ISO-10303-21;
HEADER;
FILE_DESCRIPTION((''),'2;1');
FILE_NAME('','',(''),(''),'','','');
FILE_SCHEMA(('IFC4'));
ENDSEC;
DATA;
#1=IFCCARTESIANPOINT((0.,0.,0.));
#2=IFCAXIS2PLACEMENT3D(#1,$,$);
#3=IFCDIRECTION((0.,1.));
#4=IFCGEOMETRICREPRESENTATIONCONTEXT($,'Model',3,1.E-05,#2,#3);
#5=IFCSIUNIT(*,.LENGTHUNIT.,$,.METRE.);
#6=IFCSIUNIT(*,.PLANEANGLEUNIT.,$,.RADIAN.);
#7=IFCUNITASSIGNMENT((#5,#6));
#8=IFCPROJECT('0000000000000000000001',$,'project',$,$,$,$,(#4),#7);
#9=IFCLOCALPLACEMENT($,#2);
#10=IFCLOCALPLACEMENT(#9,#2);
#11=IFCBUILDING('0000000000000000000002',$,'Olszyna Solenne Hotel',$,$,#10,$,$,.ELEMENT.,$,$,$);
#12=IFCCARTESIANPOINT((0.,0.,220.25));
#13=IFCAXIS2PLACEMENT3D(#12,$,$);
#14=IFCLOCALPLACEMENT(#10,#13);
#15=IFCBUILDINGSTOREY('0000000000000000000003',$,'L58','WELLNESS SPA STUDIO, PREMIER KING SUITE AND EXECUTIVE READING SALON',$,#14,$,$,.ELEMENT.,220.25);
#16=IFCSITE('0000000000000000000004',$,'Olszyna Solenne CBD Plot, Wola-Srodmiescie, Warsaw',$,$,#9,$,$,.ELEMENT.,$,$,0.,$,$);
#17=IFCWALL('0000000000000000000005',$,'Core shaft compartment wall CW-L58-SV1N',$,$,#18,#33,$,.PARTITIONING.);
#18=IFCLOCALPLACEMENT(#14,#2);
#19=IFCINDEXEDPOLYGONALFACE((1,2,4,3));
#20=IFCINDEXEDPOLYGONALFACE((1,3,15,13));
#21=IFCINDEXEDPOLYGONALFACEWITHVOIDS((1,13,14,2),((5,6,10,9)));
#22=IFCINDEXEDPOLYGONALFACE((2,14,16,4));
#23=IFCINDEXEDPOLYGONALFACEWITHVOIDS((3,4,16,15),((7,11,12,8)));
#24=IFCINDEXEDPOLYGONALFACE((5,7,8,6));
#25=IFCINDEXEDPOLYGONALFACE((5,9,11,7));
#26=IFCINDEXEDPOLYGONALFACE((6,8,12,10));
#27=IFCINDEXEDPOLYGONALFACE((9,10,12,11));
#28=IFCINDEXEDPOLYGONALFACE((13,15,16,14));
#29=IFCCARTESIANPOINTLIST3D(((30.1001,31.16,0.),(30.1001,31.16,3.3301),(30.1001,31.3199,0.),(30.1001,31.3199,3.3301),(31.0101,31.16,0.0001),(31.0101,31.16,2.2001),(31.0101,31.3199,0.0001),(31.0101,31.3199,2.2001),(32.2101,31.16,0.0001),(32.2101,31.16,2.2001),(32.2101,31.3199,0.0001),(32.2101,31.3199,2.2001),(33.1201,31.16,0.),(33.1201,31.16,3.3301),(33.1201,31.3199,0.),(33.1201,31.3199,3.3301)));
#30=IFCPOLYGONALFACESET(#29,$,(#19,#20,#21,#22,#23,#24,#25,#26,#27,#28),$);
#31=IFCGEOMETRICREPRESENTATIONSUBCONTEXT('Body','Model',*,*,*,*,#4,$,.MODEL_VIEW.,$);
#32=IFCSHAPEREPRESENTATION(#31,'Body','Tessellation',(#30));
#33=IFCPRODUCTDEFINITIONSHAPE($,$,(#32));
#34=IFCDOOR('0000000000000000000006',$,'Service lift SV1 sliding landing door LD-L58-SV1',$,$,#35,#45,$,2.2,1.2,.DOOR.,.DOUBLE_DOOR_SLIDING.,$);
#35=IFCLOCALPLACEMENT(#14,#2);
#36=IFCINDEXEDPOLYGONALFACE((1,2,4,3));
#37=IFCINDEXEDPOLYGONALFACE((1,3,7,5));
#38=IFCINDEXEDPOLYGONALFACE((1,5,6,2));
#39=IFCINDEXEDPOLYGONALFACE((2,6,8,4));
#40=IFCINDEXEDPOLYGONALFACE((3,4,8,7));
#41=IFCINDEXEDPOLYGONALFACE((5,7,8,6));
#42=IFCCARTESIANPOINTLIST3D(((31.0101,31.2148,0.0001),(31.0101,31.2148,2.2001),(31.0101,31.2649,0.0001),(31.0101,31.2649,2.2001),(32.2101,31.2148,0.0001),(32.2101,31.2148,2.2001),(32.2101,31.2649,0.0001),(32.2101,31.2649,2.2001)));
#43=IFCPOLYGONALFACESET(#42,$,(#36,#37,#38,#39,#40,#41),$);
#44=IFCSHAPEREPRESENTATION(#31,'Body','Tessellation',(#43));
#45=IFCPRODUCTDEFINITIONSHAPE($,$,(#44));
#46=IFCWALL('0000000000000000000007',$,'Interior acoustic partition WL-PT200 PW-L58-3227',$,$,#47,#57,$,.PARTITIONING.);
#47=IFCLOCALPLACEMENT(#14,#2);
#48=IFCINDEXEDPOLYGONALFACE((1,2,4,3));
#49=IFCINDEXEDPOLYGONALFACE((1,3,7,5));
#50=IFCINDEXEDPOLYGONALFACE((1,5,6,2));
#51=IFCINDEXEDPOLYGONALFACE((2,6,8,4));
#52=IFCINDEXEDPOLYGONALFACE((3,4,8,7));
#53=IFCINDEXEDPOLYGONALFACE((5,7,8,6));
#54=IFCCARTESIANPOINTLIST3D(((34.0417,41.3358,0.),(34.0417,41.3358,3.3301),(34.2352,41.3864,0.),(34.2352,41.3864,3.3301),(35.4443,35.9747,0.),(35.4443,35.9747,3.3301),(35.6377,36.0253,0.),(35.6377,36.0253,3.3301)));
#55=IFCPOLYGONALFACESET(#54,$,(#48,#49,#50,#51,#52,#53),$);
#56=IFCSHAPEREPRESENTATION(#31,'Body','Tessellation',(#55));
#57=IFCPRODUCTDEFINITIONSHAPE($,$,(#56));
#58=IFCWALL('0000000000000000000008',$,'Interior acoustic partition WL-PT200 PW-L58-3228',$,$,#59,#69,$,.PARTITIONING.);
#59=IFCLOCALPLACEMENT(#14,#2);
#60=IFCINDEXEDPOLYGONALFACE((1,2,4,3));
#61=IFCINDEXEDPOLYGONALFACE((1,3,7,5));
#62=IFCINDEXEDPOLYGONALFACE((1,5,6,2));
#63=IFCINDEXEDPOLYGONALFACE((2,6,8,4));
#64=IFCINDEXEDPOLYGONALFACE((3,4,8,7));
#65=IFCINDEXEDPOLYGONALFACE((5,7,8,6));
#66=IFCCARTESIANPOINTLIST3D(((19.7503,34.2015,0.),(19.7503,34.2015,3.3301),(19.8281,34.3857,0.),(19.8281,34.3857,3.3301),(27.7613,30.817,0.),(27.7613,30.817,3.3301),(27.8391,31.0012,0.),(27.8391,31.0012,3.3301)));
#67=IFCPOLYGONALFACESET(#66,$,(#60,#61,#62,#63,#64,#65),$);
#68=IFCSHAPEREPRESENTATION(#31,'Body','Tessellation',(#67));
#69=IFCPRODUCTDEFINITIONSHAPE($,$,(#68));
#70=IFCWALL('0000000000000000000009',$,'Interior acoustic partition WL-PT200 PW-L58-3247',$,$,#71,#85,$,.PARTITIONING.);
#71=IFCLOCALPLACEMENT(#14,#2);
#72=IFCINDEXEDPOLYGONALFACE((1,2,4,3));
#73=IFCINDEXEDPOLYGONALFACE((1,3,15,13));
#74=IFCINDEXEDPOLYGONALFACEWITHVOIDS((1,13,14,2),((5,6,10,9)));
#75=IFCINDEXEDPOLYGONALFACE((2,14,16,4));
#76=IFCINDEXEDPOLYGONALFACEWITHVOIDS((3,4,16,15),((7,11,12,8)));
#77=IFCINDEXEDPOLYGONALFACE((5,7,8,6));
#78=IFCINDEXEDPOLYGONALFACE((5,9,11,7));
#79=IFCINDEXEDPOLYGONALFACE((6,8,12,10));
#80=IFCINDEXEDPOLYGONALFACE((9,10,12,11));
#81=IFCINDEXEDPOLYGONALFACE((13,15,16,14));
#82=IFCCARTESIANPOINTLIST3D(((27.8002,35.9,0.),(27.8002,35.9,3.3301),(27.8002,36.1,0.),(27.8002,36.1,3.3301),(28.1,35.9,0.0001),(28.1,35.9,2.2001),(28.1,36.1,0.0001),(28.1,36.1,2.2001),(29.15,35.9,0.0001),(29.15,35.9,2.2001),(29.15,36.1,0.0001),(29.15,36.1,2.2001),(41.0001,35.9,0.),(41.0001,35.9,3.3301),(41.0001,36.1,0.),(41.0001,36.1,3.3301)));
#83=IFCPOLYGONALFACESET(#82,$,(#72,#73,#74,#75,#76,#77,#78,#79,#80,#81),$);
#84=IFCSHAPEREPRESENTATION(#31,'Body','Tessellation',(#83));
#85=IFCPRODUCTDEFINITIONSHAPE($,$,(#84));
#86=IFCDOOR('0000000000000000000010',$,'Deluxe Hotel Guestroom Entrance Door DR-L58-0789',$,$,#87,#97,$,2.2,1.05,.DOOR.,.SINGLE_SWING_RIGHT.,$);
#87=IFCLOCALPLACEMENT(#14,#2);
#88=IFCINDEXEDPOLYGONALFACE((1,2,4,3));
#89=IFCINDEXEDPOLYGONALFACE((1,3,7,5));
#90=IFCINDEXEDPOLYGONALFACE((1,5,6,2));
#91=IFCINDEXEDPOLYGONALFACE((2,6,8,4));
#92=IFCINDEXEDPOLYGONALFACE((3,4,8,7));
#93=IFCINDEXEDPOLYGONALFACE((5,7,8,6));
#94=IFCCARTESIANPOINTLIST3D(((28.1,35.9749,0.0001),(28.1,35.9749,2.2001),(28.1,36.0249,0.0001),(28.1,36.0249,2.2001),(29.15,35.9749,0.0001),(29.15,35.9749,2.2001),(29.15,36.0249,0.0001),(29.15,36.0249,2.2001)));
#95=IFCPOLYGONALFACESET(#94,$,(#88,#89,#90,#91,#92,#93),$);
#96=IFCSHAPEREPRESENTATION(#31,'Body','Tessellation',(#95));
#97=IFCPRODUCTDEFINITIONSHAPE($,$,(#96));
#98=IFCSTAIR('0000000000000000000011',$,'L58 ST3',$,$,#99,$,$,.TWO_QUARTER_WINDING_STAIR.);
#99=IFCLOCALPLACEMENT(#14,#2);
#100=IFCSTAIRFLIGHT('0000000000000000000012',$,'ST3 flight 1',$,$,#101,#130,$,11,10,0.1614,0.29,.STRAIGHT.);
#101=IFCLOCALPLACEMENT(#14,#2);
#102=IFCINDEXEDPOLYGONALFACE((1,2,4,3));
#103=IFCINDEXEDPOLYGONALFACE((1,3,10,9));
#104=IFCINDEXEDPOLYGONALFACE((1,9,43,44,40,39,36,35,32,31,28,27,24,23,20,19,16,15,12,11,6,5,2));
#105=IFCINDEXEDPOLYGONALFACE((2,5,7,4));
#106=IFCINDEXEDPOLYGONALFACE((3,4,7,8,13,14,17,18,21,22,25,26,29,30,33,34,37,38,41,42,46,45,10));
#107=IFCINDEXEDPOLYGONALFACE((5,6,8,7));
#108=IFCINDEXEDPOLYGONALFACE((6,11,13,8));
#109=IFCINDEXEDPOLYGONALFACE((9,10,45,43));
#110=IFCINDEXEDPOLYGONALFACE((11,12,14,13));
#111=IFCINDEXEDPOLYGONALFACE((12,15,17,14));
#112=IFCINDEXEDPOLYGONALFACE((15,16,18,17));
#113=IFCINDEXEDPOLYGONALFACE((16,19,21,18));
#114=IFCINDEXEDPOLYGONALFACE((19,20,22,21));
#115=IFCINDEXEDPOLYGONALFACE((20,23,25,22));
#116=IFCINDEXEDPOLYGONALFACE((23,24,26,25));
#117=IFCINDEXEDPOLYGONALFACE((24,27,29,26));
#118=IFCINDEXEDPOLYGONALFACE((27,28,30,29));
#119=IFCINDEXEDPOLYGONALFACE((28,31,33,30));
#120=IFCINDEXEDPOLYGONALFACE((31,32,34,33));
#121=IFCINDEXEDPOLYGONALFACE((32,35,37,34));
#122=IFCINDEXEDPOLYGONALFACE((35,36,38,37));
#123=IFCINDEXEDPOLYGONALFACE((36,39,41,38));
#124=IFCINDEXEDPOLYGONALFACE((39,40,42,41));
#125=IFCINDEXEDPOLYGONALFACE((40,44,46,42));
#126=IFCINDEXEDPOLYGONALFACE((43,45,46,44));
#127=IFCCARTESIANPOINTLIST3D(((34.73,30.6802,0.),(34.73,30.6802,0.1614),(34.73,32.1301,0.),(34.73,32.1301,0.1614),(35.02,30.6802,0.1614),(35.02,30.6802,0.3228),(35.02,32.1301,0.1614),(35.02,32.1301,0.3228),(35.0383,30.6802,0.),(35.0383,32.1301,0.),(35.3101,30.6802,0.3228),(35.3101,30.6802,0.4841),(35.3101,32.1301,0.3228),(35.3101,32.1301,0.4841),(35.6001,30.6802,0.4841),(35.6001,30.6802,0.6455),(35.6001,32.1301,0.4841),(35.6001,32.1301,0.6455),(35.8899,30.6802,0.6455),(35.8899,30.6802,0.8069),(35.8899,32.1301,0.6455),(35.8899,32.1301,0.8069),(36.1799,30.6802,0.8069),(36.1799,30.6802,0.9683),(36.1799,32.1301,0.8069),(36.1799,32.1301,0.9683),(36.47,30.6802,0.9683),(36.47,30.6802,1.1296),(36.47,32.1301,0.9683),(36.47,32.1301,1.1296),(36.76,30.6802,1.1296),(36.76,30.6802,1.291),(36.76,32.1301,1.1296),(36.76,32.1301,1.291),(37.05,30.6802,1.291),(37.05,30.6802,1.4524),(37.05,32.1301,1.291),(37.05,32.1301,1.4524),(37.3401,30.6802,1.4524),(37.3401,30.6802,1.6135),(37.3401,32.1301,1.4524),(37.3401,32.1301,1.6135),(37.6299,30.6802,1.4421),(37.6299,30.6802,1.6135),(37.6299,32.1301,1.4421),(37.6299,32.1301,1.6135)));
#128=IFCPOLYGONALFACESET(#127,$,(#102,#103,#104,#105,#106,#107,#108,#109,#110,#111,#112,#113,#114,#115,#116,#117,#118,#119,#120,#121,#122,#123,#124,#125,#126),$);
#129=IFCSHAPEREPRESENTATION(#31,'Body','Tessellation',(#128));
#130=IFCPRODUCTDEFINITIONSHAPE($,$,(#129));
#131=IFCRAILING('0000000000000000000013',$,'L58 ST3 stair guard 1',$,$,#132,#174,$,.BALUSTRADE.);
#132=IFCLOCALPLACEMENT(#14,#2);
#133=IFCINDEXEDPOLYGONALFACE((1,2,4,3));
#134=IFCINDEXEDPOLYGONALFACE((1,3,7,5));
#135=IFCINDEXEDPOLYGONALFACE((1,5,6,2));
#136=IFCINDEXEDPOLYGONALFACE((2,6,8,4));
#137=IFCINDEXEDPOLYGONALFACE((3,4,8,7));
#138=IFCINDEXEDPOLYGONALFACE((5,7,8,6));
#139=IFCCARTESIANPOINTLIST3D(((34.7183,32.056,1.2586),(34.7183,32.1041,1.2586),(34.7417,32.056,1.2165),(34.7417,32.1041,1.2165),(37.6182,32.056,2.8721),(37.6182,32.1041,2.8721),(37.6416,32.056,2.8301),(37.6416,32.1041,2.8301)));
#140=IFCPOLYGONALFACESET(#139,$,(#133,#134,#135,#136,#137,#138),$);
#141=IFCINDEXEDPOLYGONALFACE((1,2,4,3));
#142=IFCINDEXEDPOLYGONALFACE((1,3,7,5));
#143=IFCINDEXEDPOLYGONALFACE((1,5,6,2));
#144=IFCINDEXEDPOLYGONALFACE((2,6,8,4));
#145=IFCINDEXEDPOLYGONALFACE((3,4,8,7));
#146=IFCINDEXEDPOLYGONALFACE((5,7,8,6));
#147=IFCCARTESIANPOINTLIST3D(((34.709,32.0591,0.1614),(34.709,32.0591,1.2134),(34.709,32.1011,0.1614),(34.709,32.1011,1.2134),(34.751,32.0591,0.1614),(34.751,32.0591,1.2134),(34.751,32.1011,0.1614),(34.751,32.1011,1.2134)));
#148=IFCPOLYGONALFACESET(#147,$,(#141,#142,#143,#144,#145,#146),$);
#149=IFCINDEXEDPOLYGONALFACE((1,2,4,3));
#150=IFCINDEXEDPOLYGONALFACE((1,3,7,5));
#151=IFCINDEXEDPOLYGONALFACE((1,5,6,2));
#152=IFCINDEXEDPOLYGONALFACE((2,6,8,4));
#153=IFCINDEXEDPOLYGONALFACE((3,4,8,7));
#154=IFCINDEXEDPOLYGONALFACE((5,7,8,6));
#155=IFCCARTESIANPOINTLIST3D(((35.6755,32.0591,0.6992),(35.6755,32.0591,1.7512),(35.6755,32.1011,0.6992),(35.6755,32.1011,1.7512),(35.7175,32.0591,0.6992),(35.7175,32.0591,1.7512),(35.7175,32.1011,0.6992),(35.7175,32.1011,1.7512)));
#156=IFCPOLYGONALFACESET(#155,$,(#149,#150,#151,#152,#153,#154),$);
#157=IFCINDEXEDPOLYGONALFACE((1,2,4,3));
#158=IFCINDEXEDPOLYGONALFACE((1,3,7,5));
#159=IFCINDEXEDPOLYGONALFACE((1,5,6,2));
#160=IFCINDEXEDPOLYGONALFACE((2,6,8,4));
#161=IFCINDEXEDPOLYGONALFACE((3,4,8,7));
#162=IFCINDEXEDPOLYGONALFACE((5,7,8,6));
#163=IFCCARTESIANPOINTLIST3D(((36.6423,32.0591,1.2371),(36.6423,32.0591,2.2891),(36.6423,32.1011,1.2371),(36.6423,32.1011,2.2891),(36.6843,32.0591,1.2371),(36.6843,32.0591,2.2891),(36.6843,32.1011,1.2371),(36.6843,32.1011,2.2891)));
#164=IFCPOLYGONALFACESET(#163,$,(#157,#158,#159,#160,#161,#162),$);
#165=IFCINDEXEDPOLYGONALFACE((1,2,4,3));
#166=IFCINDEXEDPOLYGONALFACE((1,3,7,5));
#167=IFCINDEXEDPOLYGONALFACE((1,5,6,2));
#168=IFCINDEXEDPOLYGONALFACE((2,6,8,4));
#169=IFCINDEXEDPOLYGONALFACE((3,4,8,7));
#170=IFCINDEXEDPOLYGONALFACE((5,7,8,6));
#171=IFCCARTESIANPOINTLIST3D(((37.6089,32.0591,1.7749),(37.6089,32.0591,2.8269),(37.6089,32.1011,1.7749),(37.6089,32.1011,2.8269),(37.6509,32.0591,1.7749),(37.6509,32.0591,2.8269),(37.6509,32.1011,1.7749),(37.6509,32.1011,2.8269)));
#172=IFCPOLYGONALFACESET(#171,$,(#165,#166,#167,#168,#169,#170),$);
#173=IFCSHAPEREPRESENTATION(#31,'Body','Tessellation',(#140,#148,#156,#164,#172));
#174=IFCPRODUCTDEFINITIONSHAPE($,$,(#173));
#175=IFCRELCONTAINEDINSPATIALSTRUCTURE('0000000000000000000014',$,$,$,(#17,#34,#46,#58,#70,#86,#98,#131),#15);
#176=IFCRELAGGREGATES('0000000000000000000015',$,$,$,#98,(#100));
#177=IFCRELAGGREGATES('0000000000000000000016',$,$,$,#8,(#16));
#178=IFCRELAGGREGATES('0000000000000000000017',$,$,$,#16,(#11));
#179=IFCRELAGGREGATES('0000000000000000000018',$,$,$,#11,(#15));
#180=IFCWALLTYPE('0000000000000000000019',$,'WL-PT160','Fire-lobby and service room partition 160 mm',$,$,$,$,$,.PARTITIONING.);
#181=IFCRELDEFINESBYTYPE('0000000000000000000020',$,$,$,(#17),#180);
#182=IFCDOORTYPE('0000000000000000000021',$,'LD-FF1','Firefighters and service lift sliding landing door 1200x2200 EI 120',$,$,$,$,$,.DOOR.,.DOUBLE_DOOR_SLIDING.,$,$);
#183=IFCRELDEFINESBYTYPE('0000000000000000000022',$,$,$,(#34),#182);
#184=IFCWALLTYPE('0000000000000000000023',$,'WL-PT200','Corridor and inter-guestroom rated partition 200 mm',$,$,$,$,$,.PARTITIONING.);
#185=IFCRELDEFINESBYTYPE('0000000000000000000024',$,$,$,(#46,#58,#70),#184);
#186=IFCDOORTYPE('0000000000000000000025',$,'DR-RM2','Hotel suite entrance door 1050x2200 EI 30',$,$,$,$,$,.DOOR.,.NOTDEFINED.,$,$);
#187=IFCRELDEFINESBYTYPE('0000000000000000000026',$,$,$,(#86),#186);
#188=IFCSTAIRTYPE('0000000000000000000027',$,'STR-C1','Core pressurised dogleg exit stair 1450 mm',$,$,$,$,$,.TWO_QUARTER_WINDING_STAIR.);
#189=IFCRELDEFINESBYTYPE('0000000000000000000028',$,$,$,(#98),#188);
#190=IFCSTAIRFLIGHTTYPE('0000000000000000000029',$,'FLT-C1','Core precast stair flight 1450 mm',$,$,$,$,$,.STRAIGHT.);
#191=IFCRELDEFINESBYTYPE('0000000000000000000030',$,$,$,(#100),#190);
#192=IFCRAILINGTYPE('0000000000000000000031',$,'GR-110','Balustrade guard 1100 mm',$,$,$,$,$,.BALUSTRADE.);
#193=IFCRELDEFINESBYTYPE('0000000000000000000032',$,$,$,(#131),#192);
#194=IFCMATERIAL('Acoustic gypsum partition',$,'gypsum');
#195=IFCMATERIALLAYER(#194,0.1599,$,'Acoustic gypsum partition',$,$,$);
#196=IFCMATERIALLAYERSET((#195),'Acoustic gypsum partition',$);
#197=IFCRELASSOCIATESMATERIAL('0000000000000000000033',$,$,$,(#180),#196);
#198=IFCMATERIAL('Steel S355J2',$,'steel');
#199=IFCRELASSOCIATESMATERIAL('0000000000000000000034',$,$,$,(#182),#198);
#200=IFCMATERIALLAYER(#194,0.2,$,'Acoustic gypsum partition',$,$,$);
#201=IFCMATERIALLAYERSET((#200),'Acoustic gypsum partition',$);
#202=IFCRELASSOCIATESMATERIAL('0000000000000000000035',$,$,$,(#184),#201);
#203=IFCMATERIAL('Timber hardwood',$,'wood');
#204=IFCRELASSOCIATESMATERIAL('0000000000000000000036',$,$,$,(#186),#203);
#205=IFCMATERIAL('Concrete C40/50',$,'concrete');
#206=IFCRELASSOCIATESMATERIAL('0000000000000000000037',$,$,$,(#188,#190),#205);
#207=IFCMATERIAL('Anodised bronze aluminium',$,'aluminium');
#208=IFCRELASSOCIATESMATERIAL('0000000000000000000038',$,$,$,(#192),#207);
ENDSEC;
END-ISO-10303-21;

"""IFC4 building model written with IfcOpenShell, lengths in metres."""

from ifc_helpers import new_model, si_unit, direction, frame, frame_2d, origin, origin_2d, place, context, subcontext, project, spatial, polyline, rectangle, outline, extrude, source, transform, mapped, material, layer, layer_set, type_object, type_shapes, element, fill, aggregate, save


model = new_model("IFC4")

# Units and contexts
model_context = context("Model", 3, precision=1e-05, world=origin(), true_north=direction((0.0, 1.0)))
body_context = subcontext(model_context, "Body", "Model", "MODEL_VIEW")
ifc_project = project(units=[si_unit("LENGTHUNIT", "METRE"), si_unit("PLANEANGLEUNIT", "RADIAN")], contexts=[model_context])

# Site, building, storey
site_placement = place(None, origin())
site = spatial("IfcSite", under=ifc_project, at=site_placement, Name="Olszyna Solenne CBD Plot, Wola-Srodmiescie, Warsaw", CompositionType="ELEMENT", RefElevation=0.0)
building_placement = place(site_placement, origin())
building = spatial("IfcBuilding", under=site, at=building_placement, Name="Olszyna Solenne Hotel", CompositionType="ELEMENT")
storey_placement = place(building_placement, frame((0.0, 0.0, 220.25)))
storey = spatial("IfcBuildingStorey", under=building, at=storey_placement, Name="L58", Description="WELLNESS SPA STUDIO, PREMIER KING SUITE AND EXECUTIVE READING SALON", CompositionType="ELEMENT", Elevation=220.25)

# Shared definitions
ifc_material_1 = material(Name="Steel S355J2", Category="steel")

# Shared definitions
ifc_material_2 = material(Name="Acoustic gypsum partition", Category="gypsum")
ifc_layer_1 = layer(ifc_material_2, 0.1599, Name="Acoustic gypsum partition")
ifc_layer_set_1 = layer_set([ifc_layer_1], Name="Acoustic gypsum partition")
wall_type_1 = type_object("IfcWallType", Name="WL-PT160", Description="Fire-lobby and service room partition 160 mm", PredefinedType="PARTITIONING", material=ifc_layer_set_1)

# Wall, opening, door
wall_1_placement = place(storey_placement, frame((30.1001, 31.24, 0.0), z_axis=(0.0, 0.0, 1.0), x_axis=(1.0, 0.0, 0.0)))
wall_1 = element("IfcWall", 1, at=wall_1_placement, inside=storey, type_object=wall_type_1, Name="Core shaft compartment wall CW-L58-SV1N", PredefinedType="PARTITIONING", context=body_context, shape_type="SweptSolid", body=[
    extrude(rectangle(XDim=3.02, YDim=0.1599, at=frame_2d((1.51, 0.0))), origin(), (0.0, 0.0, 1.0), 3.3301),
])
opening_1_placement = place(wall_1_placement, frame((0.9099, 0.0, 0.0)))
opening_1 = element("IfcOpeningElement", 2, at=opening_1_placement, cuts=wall_1, PredefinedType="OPENING", context=body_context, shape_type="SweptSolid", body=[
    extrude(rectangle(XDim=1.2, YDim=2.2, at=frame_2d((0.6001, 1.1001))), frame((0.0, 0.0898, 0.0), z_axis=(0.0, -1.0, 0.0), x_axis=(1.0, 0.0, 0.0)), (0.0, 0.0, 1.0), 0.1799),
])
door_type_1 = type_object("IfcDoorType", Name="LD-FF1", Description="Firefighters and service lift sliding landing door 1200x2200 EI 120", OperationType="DOUBLE_DOOR_SLIDING", PredefinedType="DOOR", material=ifc_material_1)
shared_shape_1 = source(origin(), body_context, "Body", "SweptSolid", [
    extrude(rectangle(XDim=1.2, YDim=2.2, at=frame_2d((0.6001, 1.1001))), frame((0.0, 0.0249, 0.0), z_axis=(0.0, -1.0, 0.0), x_axis=(1.0, 0.0, 0.0)), (0.0, 0.0, 1.0), 0.05),
])
type_shapes(door_type_1, [shared_shape_1])
door_1_placement = place(opening_1_placement, origin())
door_1 = element("IfcDoor", 3, at=door_1_placement, inside=storey, type_object=door_type_1, Name="Service lift SV1 sliding landing door LD-L58-SV1", OperationType="DOUBLE_DOOR_SLIDING", OverallHeight=2.2, OverallWidth=1.2, PredefinedType="DOOR", context=body_context, shape_type="MappedRepresentation", body=[
    mapped(shared_shape_1, transform((0.0, 0.0, 0.0), x_axis=(1.0, 0.0, 0.0), y_axis=(0.0, 1.0, 0.0), z_axis=(0.0, 0.0, 1.0), scale=1.0)),
])
fill(opening_1, door_1)

# Walls
ifc_layer_2 = layer(ifc_material_2, 0.2, Name="Acoustic gypsum partition")
ifc_layer_set_2 = layer_set([ifc_layer_2], Name="Acoustic gypsum partition")
wall_type_2 = type_object("IfcWallType", Name="WL-PT200", Description="Corridor and inter-guestroom rated partition 200 mm", PredefinedType="PARTITIONING", material=ifc_layer_set_2)
wall_2_placement = place(storey_placement, frame((35.541, 36.0, 0.0), z_axis=(0.0, 0.0, 1.0), x_axis=(-0.253105, 0.967439, 0.0)))
element("IfcWall", 4, at=wall_2_placement, inside=storey, type_object=wall_type_2, Name="Interior acoustic partition WL-PT200 PW-L58-3227", PredefinedType="PARTITIONING", context=body_context, shape_type="SweptSolid", body=[
    extrude(rectangle(XDim=5.5415, YDim=0.2, at=frame_2d((2.7708, 0.0))), origin(), (0.0, 0.0, 1.0), 3.3301),
])
wall_3_placement = place(storey_placement, frame((27.8, 30.9092, 0.0), z_axis=(0.0, 0.0, 1.0), x_axis=(-0.921163, 0.389177, 0.0)))
element("IfcWall", 5, at=wall_3_placement, inside=storey, type_object=wall_type_2, Name="Interior acoustic partition WL-PT200 PW-L58-3228", PredefinedType="PARTITIONING", context=body_context, shape_type="SweptSolid", body=[
    extrude(rectangle(XDim=8.6965, YDim=0.2, at=frame_2d((4.3481, 0.0))), origin(), (0.0, 0.0, 1.0), 3.3301),
])

# Wall, opening, door
wall_4_placement = place(storey_placement, frame((27.8, 36.0, 0.0), z_axis=(0.0, 0.0, 1.0), x_axis=(1.0, 0.0, 0.0)))
wall_4 = element("IfcWall", 6, at=wall_4_placement, inside=storey, type_object=wall_type_2, Name="Interior acoustic partition WL-PT200 PW-L58-3247", PredefinedType="PARTITIONING", context=body_context, shape_type="SweptSolid", body=[
    extrude(rectangle(XDim=13.2, YDim=0.2, at=frame_2d((6.6001, 0.0))), origin(), (0.0, 0.0, 1.0), 3.3301),
])
opening_2_placement = place(wall_4_placement, frame((0.3, 0.0, 0.0)))
opening_2 = element("IfcOpeningElement", 7, at=opening_2_placement, cuts=wall_4, PredefinedType="OPENING", context=body_context, shape_type="SweptSolid", body=[
    extrude(rectangle(XDim=1.05, YDim=2.2, at=frame_2d((0.5249, 1.1001))), frame((0.0, 0.1099, 0.0), z_axis=(0.0, -1.0, 0.0), x_axis=(1.0, 0.0, 0.0)), (0.0, 0.0, 1.0), 0.22),
])
ifc_material_3 = material(Name="Timber hardwood", Category="wood")
door_type_2 = type_object("IfcDoorType", Name="DR-RM2", Description="Hotel suite entrance door 1050x2200 EI 30", OperationType="NOTDEFINED", PredefinedType="DOOR", material=ifc_material_3)
shared_shape_2 = source(origin(), body_context, "Body", "SweptSolid", [
    extrude(rectangle(XDim=1.05, YDim=2.2, at=frame_2d((0.5249, 1.1001))), frame((0.0, 0.0249, 0.0), z_axis=(0.0, -1.0, 0.0), x_axis=(1.0, 0.0, 0.0)), (0.0, 0.0, 1.0), 0.05),
])
type_shapes(door_type_2, [shared_shape_2])
door_2_placement = place(opening_2_placement, origin())
door_2 = element("IfcDoor", 8, at=door_2_placement, inside=storey, type_object=door_type_2, Name="Deluxe Hotel Guestroom Entrance Door DR-L58-0789", OperationType="SINGLE_SWING_RIGHT", OverallHeight=2.2, OverallWidth=1.05, PredefinedType="DOOR", context=body_context, shape_type="MappedRepresentation", body=[
    mapped(shared_shape_2, transform((0.0, 0.0, 0.0), x_axis=(1.0, 0.0, 0.0), y_axis=(0.0, 1.0, 0.0), z_axis=(0.0, 0.0, 1.0), scale=1.0)),
])
fill(opening_2, door_2)

# Stair, stair flight
ifc_material_4 = material(Name="Concrete C40/50", Category="concrete")
stair_type = type_object("IfcStairType", Name="STR-C1", Description="Core pressurised dogleg exit stair 1450 mm", PredefinedType="TWO_QUARTER_WINDING_STAIR", material=ifc_material_4)
stair_placement = place(storey_placement, origin())
stair = element("IfcStair", 9, at=stair_placement, inside=storey, type_object=stair_type, Name="L58 ST3", PredefinedType="TWO_QUARTER_WINDING_STAIR")
stair_flight_type = type_object("IfcStairFlightType", Name="FLT-C1", Description="Core precast stair flight 1450 mm", PredefinedType="STRAIGHT", material=ifc_material_4)
stair_flight_placement = place(storey_placement, frame((34.73, 31.405, 0.0), z_axis=(0.0, 0.0, 1.0), x_axis=(1.0, 0.0, 0.0)))
stair_flight = element("IfcStairFlight", 10, at=stair_flight_placement, type_object=stair_flight_type, Name="ST3 flight 1", NumberOfRisers=11, NumberOfTreads=10, PredefinedType="STRAIGHT", RiserHeight=0.1614, TreadLength=0.29, context=body_context, shape_type="SweptSolid", body=[
    extrude(outline(polyline([(0.0, 0.0), (0.0, 0.1614), (0.29, 0.1614), (0.29, 0.3228), (0.5801, 0.3228), (0.5801, 0.4841), (0.8701, 0.4841), (0.8701, 0.6455), (1.1599, 0.6455), (1.1599, 0.8069), (1.45, 0.8069), (1.45, 0.9683), (1.74, 0.9683), (1.74, 1.1296), (2.03, 1.1296), (2.03, 1.291), (2.3201, 1.291), (2.3201, 1.4524), (2.6101, 1.4524), (2.6101, 1.6135), (2.8999, 1.6135), (2.8999, 1.7749), (2.8999, 1.4421), (0.3083, 0.0), (0.0, 0.0)])), frame((0.0, 0.7251, 0.0), z_axis=(0.0, -1.0, 0.0), x_axis=(1.0, 0.0, 0.0)), (0.0, 0.0, 1.0), 1.45),
])
aggregate(stair, [stair_flight])

# Railing
ifc_material_5 = material(Name="Anodised bronze aluminium", Category="aluminium")
railing_type_1 = type_object("IfcRailingType", Name="GR-110", Description="Balustrade guard 1100 mm", PredefinedType="BALUSTRADE", material=ifc_material_5)
railing_1_placement = place(storey_placement, frame((34.73, 32.0801, 0.1614)))
element("IfcRailing", 11, at=railing_1_placement, inside=storey, type_object=railing_type_1, Name="L58 ST3 stair guard 1", PredefinedType="BALUSTRADE", context=body_context, shape_type="SweptSolid", body=[
    extrude(rectangle(XDim=0.0481, YDim=0.0481, at=origin_2d()), frame((0.0, 0.0, 1.0762), z_axis=(0.873841, 0.0, 0.486211), x_axis=(0.0, 1.0, 0.0)), (0.0, 0.0, 1.0), 3.3186),
    extrude(rectangle(XDim=0.042, YDim=0.042, at=origin_2d()), origin(), (0.0, 0.0, 1.0), 1.052),
    extrude(rectangle(XDim=0.042, YDim=0.042, at=origin_2d()), frame((0.9666, 0.0, 0.5378)), (0.0, 0.0, 1.0), 1.052),
    extrude(rectangle(XDim=0.042, YDim=0.042, at=origin_2d()), frame((1.9333, 0.0, 1.0757)), (0.0, 0.0, 1.0), 1.052),
    extrude(rectangle(XDim=0.042, YDim=0.042, at=origin_2d()), frame((2.8999, 0.0, 1.6135)), (0.0, 0.0, 1.0), 1.052),
])

save(model, "model.ifc")
